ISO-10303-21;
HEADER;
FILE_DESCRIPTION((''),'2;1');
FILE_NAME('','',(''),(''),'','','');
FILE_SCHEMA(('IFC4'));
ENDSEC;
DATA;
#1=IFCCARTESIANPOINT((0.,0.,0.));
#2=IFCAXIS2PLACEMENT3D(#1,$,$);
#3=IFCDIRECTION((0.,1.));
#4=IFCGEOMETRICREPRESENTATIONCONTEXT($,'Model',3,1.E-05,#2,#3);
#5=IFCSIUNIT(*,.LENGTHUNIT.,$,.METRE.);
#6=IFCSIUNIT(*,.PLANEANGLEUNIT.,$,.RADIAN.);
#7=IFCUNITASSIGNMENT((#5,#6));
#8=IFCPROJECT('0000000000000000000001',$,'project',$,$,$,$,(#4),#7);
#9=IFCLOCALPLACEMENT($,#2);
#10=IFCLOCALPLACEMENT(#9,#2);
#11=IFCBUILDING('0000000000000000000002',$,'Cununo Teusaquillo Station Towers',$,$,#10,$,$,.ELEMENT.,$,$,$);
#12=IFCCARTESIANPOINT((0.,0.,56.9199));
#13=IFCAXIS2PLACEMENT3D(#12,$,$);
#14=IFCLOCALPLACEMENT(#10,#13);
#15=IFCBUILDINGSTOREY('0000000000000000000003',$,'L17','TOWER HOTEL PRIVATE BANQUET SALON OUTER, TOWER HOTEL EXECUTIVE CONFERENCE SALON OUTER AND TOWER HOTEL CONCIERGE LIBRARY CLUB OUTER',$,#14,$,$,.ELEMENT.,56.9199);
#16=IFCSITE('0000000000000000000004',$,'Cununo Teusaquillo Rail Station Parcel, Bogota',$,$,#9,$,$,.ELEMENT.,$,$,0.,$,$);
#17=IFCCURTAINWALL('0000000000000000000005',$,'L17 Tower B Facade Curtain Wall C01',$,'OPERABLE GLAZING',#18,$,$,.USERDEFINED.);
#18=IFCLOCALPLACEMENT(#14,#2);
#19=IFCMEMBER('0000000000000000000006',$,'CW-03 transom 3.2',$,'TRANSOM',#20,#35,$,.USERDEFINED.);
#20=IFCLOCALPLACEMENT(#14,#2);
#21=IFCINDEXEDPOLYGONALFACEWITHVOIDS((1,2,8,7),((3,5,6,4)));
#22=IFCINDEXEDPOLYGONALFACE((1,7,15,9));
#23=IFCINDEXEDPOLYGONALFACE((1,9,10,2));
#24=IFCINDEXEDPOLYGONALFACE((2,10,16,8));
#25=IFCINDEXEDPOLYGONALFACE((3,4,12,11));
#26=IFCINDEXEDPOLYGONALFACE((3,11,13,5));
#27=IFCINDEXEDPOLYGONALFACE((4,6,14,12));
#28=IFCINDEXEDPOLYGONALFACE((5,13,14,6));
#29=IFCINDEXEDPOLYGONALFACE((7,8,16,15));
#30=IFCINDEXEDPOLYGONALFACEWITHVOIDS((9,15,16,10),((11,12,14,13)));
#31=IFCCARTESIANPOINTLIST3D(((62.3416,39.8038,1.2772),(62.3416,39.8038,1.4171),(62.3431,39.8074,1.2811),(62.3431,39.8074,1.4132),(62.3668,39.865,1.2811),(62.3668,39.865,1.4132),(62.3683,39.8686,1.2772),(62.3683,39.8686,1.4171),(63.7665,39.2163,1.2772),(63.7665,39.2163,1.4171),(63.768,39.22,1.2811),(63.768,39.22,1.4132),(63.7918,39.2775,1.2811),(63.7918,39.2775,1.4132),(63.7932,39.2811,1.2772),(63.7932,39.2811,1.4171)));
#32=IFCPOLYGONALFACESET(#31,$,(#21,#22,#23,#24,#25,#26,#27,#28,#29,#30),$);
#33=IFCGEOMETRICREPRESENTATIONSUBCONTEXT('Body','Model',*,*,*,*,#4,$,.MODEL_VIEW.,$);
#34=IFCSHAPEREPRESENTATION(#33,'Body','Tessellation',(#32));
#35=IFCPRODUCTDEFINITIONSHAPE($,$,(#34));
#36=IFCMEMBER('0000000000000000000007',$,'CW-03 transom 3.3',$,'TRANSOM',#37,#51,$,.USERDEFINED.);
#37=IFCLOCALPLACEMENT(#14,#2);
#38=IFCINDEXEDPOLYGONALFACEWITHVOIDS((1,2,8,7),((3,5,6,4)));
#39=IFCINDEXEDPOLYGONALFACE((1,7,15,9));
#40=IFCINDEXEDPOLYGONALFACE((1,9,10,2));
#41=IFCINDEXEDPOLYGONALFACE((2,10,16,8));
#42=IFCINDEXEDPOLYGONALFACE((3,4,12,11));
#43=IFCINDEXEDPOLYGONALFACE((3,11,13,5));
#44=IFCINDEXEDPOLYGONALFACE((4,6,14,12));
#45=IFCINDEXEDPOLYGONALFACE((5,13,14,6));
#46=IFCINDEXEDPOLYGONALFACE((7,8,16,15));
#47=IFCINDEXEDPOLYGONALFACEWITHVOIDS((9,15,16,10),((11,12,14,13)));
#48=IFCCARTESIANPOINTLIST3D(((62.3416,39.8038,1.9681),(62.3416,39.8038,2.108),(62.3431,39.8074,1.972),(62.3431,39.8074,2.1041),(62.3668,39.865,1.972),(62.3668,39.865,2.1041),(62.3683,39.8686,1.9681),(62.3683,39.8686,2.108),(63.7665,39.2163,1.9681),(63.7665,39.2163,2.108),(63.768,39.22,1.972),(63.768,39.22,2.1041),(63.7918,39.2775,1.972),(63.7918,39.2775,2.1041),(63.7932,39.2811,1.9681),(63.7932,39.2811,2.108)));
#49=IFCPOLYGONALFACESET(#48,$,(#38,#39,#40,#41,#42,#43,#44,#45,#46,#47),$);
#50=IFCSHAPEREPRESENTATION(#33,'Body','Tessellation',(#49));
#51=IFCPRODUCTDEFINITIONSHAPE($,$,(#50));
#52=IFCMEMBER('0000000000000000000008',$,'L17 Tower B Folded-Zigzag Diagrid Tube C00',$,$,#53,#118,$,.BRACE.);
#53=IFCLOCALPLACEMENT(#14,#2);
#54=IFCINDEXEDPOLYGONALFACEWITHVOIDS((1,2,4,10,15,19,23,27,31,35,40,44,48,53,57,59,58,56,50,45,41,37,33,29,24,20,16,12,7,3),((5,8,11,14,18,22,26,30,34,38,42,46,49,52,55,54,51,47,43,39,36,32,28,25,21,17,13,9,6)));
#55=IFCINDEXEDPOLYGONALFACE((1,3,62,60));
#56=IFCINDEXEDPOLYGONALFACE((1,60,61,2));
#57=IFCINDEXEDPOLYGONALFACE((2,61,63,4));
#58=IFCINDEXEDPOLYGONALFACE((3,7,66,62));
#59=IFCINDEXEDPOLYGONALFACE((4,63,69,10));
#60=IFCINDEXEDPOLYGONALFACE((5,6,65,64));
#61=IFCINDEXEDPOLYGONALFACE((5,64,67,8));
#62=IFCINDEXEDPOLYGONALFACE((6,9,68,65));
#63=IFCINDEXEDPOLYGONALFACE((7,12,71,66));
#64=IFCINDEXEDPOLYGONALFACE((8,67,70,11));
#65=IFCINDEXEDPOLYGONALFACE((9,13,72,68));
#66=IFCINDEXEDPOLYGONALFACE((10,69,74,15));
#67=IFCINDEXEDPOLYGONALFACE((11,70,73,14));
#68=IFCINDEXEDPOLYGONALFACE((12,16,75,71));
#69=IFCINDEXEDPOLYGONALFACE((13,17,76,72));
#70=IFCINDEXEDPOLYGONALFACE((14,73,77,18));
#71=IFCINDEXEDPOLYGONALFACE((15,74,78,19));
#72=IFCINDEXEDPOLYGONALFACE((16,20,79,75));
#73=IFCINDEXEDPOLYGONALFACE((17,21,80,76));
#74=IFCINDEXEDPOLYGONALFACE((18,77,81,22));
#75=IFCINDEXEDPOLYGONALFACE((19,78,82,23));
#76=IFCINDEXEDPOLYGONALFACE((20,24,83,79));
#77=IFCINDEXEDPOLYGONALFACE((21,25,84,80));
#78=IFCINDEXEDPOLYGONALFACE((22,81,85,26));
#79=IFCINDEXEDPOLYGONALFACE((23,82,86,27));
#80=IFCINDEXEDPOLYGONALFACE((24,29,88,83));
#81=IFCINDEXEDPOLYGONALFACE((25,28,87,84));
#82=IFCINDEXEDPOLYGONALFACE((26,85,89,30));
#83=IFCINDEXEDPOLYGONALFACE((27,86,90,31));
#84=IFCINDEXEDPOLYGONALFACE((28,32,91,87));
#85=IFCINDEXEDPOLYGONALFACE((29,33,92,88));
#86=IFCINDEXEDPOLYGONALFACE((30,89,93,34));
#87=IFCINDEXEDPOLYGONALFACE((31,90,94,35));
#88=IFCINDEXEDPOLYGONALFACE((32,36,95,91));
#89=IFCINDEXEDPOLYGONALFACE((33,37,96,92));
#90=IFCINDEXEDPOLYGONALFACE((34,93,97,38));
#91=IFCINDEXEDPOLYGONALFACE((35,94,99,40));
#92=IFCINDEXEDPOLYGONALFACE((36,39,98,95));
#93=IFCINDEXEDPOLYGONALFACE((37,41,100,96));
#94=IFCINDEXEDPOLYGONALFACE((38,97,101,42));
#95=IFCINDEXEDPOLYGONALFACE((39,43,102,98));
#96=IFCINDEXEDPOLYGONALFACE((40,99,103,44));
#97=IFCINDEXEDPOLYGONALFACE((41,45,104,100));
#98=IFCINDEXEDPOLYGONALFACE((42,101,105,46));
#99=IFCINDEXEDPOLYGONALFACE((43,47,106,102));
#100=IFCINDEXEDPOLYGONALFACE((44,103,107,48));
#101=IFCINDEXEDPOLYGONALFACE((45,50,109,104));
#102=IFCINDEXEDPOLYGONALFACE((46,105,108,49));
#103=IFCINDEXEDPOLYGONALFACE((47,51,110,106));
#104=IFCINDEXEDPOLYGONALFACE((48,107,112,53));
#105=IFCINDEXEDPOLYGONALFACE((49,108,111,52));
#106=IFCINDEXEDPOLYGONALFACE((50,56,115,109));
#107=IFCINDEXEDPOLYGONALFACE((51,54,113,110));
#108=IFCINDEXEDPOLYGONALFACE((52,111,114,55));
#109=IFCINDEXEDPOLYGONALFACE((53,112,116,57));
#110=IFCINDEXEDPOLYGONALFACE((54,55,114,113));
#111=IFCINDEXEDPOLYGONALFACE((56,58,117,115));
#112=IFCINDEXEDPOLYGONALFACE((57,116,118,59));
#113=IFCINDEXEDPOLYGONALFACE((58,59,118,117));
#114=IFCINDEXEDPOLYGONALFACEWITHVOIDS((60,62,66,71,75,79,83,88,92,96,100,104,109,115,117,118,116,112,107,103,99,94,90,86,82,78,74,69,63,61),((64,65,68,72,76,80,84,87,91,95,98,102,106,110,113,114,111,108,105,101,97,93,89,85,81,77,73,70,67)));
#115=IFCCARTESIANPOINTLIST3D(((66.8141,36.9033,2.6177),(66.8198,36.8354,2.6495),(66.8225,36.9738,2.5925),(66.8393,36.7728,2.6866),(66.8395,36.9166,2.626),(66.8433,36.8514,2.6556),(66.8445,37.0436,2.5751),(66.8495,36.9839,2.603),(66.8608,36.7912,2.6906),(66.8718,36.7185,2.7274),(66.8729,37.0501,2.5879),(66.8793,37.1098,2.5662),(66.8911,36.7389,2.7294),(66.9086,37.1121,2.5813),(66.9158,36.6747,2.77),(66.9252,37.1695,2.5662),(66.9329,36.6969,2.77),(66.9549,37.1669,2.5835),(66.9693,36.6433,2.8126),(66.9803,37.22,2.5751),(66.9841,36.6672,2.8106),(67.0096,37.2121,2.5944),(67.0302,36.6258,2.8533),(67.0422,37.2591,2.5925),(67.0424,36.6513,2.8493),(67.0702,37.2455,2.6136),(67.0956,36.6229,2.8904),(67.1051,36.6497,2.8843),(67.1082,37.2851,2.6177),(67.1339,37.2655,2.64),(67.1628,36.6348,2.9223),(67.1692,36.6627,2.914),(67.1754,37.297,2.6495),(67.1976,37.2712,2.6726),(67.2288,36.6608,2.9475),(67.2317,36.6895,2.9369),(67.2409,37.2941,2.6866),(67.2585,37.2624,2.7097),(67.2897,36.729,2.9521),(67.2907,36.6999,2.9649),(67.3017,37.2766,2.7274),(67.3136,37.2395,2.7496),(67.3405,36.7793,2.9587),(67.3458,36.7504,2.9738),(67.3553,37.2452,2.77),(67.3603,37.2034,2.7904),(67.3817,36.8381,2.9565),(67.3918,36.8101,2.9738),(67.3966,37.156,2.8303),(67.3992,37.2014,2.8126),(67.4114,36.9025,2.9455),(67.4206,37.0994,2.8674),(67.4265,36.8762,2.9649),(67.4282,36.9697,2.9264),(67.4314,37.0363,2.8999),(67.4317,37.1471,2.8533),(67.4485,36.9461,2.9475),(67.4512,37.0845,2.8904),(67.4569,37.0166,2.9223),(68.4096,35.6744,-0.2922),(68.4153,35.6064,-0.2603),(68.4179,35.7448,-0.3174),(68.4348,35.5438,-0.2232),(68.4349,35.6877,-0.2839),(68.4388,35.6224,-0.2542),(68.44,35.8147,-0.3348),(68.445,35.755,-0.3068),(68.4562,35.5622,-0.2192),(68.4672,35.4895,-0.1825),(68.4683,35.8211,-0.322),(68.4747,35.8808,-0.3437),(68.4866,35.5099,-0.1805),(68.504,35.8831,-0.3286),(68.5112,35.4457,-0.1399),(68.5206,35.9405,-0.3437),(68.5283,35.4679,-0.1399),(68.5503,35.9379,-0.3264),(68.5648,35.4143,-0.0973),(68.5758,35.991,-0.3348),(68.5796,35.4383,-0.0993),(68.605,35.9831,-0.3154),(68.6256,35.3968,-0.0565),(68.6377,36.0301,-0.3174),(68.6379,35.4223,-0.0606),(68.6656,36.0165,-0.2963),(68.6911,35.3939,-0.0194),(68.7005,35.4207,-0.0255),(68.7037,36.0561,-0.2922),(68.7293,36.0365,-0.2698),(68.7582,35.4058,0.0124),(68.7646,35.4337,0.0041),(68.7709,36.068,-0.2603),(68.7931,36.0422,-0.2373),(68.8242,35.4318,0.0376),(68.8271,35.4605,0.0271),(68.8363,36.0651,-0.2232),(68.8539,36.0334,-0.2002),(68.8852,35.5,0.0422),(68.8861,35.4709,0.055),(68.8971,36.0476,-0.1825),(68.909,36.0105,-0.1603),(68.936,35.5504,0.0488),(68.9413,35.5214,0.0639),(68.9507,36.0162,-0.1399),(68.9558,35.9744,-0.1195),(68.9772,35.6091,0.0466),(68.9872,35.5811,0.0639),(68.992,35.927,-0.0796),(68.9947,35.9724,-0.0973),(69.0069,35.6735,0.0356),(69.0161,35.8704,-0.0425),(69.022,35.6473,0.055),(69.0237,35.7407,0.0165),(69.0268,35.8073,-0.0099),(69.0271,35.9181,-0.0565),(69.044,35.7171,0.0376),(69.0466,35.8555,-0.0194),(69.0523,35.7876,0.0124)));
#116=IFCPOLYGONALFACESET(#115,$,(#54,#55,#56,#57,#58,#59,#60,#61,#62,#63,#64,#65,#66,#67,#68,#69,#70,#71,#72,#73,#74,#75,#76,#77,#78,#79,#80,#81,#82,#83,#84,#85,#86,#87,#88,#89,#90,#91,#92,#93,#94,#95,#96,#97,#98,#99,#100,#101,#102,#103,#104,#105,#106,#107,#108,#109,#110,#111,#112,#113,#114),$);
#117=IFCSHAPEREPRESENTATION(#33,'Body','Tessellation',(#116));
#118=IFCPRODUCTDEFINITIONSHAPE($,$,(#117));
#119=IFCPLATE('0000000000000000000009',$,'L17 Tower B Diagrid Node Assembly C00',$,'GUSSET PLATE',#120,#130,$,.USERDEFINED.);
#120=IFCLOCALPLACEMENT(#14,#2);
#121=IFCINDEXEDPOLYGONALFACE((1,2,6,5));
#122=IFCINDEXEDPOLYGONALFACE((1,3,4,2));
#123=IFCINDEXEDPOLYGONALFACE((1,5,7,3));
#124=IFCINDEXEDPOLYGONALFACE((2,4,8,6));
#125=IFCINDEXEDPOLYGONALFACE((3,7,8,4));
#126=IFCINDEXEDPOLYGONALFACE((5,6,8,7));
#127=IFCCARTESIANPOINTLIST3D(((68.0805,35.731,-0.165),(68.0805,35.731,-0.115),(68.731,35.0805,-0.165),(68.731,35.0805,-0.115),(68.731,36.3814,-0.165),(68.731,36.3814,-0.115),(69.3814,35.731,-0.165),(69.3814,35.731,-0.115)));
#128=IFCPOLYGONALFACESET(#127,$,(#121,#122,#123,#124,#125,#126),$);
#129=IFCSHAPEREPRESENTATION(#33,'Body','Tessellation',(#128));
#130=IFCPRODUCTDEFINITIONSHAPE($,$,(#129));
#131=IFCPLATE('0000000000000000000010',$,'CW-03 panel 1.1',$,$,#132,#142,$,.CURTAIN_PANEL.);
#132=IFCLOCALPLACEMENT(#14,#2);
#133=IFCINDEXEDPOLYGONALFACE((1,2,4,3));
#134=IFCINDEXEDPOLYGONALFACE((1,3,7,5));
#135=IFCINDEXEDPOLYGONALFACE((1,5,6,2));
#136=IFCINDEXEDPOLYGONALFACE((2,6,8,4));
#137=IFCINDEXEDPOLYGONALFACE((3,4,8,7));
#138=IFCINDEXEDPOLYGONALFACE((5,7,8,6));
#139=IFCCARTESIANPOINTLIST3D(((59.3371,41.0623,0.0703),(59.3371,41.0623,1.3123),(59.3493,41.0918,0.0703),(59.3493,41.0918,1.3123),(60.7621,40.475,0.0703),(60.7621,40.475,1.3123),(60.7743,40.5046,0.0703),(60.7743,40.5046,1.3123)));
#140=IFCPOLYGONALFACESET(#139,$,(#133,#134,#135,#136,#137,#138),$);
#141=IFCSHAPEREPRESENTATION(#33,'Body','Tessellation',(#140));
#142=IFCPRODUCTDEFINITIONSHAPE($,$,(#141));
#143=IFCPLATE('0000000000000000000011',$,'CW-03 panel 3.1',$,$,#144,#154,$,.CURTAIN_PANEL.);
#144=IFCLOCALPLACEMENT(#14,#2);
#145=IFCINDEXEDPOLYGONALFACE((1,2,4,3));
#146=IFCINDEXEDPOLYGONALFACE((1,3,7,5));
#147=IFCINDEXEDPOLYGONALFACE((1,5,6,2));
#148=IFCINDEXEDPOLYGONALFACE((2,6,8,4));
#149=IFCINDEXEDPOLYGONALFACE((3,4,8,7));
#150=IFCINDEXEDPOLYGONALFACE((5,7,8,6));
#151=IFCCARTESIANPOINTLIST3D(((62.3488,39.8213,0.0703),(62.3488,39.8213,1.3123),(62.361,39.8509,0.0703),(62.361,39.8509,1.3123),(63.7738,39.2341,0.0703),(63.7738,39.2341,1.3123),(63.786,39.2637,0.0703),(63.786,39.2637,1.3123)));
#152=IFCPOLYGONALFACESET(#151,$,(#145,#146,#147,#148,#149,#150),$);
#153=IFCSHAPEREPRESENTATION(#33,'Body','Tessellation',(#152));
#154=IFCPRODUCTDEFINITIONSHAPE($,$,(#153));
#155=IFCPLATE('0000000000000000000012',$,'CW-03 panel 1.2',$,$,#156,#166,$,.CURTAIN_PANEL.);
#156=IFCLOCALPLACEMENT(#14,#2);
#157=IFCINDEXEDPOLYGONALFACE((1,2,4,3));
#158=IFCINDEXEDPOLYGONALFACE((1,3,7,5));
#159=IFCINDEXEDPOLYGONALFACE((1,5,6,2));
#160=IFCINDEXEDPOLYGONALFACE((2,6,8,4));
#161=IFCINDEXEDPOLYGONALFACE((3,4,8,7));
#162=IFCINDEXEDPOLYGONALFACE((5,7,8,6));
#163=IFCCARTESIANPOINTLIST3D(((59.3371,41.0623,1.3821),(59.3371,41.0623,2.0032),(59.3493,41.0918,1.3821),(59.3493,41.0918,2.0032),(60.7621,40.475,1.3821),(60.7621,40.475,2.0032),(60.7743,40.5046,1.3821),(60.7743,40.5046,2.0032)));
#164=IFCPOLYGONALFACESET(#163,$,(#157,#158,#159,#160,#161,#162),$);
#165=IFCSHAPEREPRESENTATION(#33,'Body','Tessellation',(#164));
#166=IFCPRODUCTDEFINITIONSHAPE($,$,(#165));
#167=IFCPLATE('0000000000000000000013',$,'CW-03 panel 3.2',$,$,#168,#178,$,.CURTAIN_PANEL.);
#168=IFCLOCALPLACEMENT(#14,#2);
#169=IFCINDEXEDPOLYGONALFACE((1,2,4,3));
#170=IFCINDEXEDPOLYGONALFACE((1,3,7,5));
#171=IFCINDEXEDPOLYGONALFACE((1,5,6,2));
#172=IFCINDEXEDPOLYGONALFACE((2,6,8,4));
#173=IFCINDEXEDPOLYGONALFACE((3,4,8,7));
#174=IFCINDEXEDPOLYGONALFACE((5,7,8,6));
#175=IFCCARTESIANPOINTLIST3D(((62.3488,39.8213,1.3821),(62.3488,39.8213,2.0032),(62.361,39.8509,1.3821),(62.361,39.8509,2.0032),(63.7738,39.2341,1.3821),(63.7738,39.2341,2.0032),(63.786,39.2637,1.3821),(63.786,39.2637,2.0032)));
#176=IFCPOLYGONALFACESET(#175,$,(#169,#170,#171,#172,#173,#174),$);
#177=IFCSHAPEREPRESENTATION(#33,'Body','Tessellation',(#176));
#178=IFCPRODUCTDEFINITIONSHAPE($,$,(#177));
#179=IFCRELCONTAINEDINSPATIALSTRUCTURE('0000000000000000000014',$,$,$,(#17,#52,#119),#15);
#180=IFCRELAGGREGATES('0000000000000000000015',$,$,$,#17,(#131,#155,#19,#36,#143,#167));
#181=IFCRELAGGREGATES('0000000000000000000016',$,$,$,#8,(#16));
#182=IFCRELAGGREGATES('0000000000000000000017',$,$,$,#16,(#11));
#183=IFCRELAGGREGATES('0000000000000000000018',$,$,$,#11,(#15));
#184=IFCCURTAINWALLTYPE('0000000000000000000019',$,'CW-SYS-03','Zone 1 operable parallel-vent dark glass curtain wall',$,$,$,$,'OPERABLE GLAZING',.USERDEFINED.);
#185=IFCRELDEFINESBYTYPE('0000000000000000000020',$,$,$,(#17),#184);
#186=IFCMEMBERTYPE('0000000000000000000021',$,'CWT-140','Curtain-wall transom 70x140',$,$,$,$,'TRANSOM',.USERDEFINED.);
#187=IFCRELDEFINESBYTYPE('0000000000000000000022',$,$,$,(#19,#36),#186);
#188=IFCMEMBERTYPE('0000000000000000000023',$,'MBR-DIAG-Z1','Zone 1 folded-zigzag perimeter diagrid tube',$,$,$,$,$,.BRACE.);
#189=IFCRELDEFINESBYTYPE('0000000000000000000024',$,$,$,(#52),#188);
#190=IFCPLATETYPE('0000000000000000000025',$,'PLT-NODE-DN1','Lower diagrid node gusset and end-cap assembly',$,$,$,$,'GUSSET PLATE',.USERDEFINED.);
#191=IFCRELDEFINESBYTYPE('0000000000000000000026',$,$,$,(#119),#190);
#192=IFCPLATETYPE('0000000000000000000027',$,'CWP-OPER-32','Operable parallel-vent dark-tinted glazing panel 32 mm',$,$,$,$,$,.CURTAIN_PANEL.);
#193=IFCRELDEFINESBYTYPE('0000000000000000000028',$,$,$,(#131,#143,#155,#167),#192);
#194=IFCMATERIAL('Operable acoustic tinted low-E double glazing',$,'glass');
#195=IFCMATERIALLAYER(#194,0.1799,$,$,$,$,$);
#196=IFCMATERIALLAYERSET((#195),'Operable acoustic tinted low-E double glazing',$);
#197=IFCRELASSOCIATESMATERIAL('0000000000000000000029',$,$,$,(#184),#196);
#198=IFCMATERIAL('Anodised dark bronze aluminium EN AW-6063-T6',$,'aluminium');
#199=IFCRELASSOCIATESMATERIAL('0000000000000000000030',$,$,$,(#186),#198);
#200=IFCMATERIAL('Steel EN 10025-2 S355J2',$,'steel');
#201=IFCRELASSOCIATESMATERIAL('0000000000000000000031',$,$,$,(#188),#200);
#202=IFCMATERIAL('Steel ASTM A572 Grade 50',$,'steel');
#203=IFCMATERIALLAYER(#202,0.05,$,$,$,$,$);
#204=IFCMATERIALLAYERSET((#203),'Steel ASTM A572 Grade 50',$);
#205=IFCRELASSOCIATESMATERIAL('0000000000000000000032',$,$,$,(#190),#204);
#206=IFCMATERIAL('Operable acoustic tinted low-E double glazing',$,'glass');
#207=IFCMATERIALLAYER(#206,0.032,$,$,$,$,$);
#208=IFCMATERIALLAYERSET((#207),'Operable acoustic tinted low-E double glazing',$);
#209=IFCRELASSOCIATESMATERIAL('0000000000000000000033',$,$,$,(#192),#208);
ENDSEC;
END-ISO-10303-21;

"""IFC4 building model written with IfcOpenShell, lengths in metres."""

from ifc_helpers import new_model, si_unit, direction, frame, origin, origin_2d, place, context, subcontext, project, spatial, rectangle, hollow_rectangle, hollow_circle, extrude, source, transform, mapped, material, layer, layer_set, material_profile, profile_set, type_object, element, aggregate, save


model = new_model("IFC4")

# Units and contexts
model_context = context("Model", 3, precision=1e-05, world=origin(), true_north=direction((0.0, 1.0)))
body_context = subcontext(model_context, "Body", "Model", "MODEL_VIEW")
ifc_project = project(units=[si_unit("LENGTHUNIT", "METRE"), si_unit("PLANEANGLEUNIT", "RADIAN")], contexts=[model_context])

# Site, building, storey
site_placement = place(None, origin())
site = spatial("IfcSite", under=ifc_project, at=site_placement, Name="Cununo Teusaquillo Rail Station Parcel, Bogota", CompositionType="ELEMENT", RefElevation=0.0)
building_placement = place(site_placement, origin())
building = spatial("IfcBuilding", under=site, at=building_placement, Name="Cununo Teusaquillo Station Towers", CompositionType="ELEMENT")
storey_placement = place(building_placement, frame((0.0, 0.0, 56.9199)))
storey = spatial("IfcBuildingStorey", under=building, at=storey_placement, Name="L17", Description="TOWER HOTEL PRIVATE BANQUET SALON OUTER, TOWER HOTEL EXECUTIVE CONFERENCE SALON OUTER AND TOWER HOTEL CONCIERGE LIBRARY CLUB OUTER", CompositionType="ELEMENT", Elevation=56.9199)

# Curtain wall, members
ifc_material_1 = material(Name="Operable acoustic tinted low-E double glazing", Category="glass")
ifc_layer_1 = layer(ifc_material_1, 0.1799)
ifc_layer_set_1 = layer_set([ifc_layer_1], Name="Operable acoustic tinted low-E double glazing")
curtain_wall_type = type_object("IfcCurtainWallType", Name="CW-SYS-03", Description="Zone 1 operable parallel-vent dark glass curtain wall", ElementType="OPERABLE GLAZING", PredefinedType="USERDEFINED", material=ifc_layer_set_1)
curtain_wall_placement = place(storey_placement, origin())
curtain_wall = element("IfcCurtainWall", 1, at=curtain_wall_placement, inside=storey, type_object=curtain_wall_type, Name="L17 Tower B Facade Curtain Wall C01", ObjectType="OPERABLE GLAZING", PredefinedType="USERDEFINED")
ifc_material_2 = material(Name="Anodised dark bronze aluminium EN AW-6063-T6", Category="aluminium")
ifc_material_profile_1 = material_profile(ifc_material_2, hollow_rectangle(XDim=0.0701, YDim=0.1399, WallThickness=0.0039, at=origin_2d()), Name="CW-TRAN-70x140")
ifc_profile_set_1 = profile_set([ifc_material_profile_1], Name="Anodised dark bronze aluminium EN AW-6063-T6")
member_type_1 = type_object("IfcMemberType", Name="CWT-140", Description="Curtain-wall transom 70x140", ElementType="TRANSOM", PredefinedType="USERDEFINED", material=ifc_profile_set_1)
member_1_placement = place(storey_placement, frame((62.355, 39.8362, 1.3472), z_axis=(0.924514, -0.381148, 0.0), x_axis=(0.381148, 0.924514, 0.0)))
member_1 = element("IfcMember", 2, at=member_1_placement, type_object=member_type_1, Name="CW-03 transom 3.2", ObjectType="TRANSOM", PredefinedType="USERDEFINED", context=body_context, shape_type="SweptSolid", body=[
    extrude(hollow_rectangle(XDim=0.0701, YDim=0.1399, WallThickness=0.0039, at=origin_2d()), origin(), (0.0, 0.0, 1.0), 1.5413),
])
member_2_placement = place(storey_placement, frame((62.355, 39.8362, 2.0381), z_axis=(0.924514, -0.381148, 0.0), x_axis=(0.381148, 0.924514, 0.0)))
member_2 = element("IfcMember", 3, at=member_2_placement, type_object=member_type_1, Name="CW-03 transom 3.3", ObjectType="TRANSOM", PredefinedType="USERDEFINED", context=body_context, shape_type="SweptSolid", body=[
    extrude(hollow_rectangle(XDim=0.0701, YDim=0.1399, WallThickness=0.0039, at=origin_2d()), origin(), (0.0, 0.0, 1.0), 1.5413),
])

# Member
ifc_material_3 = material(Name="Steel EN 10025-2 S355J2", Category="steel")
ifc_material_profile_2 = material_profile(ifc_material_3, hollow_circle(Radius=0.3601, WallThickness=0.0281, at=origin_2d()), Name="CHS 720x28")
ifc_profile_set_2 = profile_set([ifc_material_profile_2], Name="Steel EN 10025-2 S355J2")
member_type_2 = type_object("IfcMemberType", Name="MBR-DIAG-Z1", Description="Zone 1 folded-zigzag perimeter diagrid tube", PredefinedType="BRACE", material=ifc_profile_set_2)
member_3_placement = place(storey_placement, frame((68.731, 35.731, -0.1399), z_axis=(-0.45084, 0.347288, 0.822274), x_axis=(-0.61025, -0.792209, 0.0)))
element("IfcMember", 4, at=member_3_placement, inside=storey, type_object=member_type_2, Name="L17 Tower B Folded-Zigzag Diagrid Tube C00", PredefinedType="BRACE", context=body_context, shape_type="SweptSolid", body=[
    extrude(hollow_circle(Radius=0.3601, WallThickness=0.0281, at=origin_2d()), origin(), (0.0, 0.0, 1.0), 3.5388),
])

# Plates
ifc_material_4 = material(Name="Steel ASTM A572 Grade 50", Category="steel")
ifc_layer_2 = layer(ifc_material_4, 0.05)
ifc_layer_set_2 = layer_set([ifc_layer_2], Name="Steel ASTM A572 Grade 50")
plate_type_1 = type_object("IfcPlateType", Name="PLT-NODE-DN1", Description="Lower diagrid node gusset and end-cap assembly", ElementType="GUSSET PLATE", PredefinedType="USERDEFINED", material=ifc_layer_set_2)
shared_shape_1 = source(origin(), body_context, "Body", "SweptSolid", [
    extrude(rectangle(XDim=0.9199, YDim=0.9199, at=origin_2d()), origin(), (0.0, 0.0, 1.0), 0.05),
])
plate_1_placement = place(storey_placement, frame((68.731, 35.731, -0.165), z_axis=(0.0, 0.0, 1.0), x_axis=(0.707107, 0.707107, 0.0)))
element("IfcPlate", 5, at=plate_1_placement, inside=storey, type_object=plate_type_1, Name="L17 Tower B Diagrid Node Assembly C00", ObjectType="GUSSET PLATE", PredefinedType="USERDEFINED", context=body_context, shape_type="MappedRepresentation", body=[
    mapped(shared_shape_1, transform((0.0, 0.0, 0.0), x_axis=(1.0, 0.0, 0.0), y_axis=(0.0, 1.0, 0.0), z_axis=(0.0, 0.0, 1.0), scale=1.0)),
])
ifc_material_5 = material(Name="Operable acoustic tinted low-E double glazing", Category="glass")
ifc_layer_3 = layer(ifc_material_5, 0.032)
ifc_layer_set_3 = layer_set([ifc_layer_3], Name="Operable acoustic tinted low-E double glazing")
plate_type_2 = type_object("IfcPlateType", Name="CWP-OPER-32", Description="Operable parallel-vent dark-tinted glazing panel 32 mm", PredefinedType="CURTAIN_PANEL", material=ifc_layer_set_3)
shared_shape_2 = source(origin(), body_context, "Body", "SweptSolid", [
    extrude(rectangle(XDim=1.5413, YDim=0.032, at=origin_2d()), origin(), (0.0, 0.0, 1.0), 1.2419),
])
plate_2_placement = place(storey_placement, frame((60.0557, 40.7834, 0.0703), z_axis=(0.0, 0.0, 1.0), x_axis=(0.924572, -0.381006, 0.0)))
plate_2 = element("IfcPlate", 6, at=plate_2_placement, type_object=plate_type_2, Name="CW-03 panel 1.1", PredefinedType="CURTAIN_PANEL", context=body_context, shape_type="MappedRepresentation", body=[
    mapped(shared_shape_2, transform((0.0, 0.0, 0.0), x_axis=(1.0, 0.0, 0.0), y_axis=(0.0, 1.0, 0.0), z_axis=(0.0, 0.0, 1.0), scale=1.0)),
])
plate_3_placement = place(storey_placement, frame((63.0674, 39.5425, 0.0703), z_axis=(0.0, 0.0, 1.0), x_axis=(0.924572, -0.381006, 0.0)))
plate_3 = element("IfcPlate", 7, at=plate_3_placement, type_object=plate_type_2, Name="CW-03 panel 3.1", PredefinedType="CURTAIN_PANEL", context=body_context, shape_type="MappedRepresentation", body=[
    mapped(shared_shape_2, transform((0.0, 0.0, 0.0), x_axis=(1.0, 0.0, 0.0), y_axis=(0.0, 1.0, 0.0), z_axis=(0.0, 0.0, 1.0), scale=1.0)),
])
shared_shape_3 = source(origin(), body_context, "Body", "SweptSolid", [
    extrude(rectangle(XDim=1.5413, YDim=0.032, at=origin_2d()), origin(), (0.0, 0.0, 1.0), 0.6211),
])
plate_4_placement = place(storey_placement, frame((60.0557, 40.7834, 1.3821), z_axis=(0.0, 0.0, 1.0), x_axis=(0.924572, -0.381006, 0.0)))
plate_4 = element("IfcPlate", 8, at=plate_4_placement, type_object=plate_type_2, Name="CW-03 panel 1.2", PredefinedType="CURTAIN_PANEL", context=body_context, shape_type="MappedRepresentation", body=[
    mapped(shared_shape_3, transform((0.0, 0.0, 0.0), x_axis=(1.0, 0.0, 0.0), y_axis=(0.0, 1.0, 0.0), z_axis=(0.0, 0.0, 1.0), scale=1.0)),
])
plate_5_placement = place(storey_placement, frame((63.0674, 39.5425, 1.3821), z_axis=(0.0, 0.0, 1.0), x_axis=(0.924572, -0.381006, 0.0)))
plate_5 = element("IfcPlate", 9, at=plate_5_placement, type_object=plate_type_2, Name="CW-03 panel 3.2", PredefinedType="CURTAIN_PANEL", context=body_context, shape_type="MappedRepresentation", body=[
    mapped(shared_shape_3, transform((0.0, 0.0, 0.0), x_axis=(1.0, 0.0, 0.0), y_axis=(0.0, 1.0, 0.0), z_axis=(0.0, 0.0, 1.0), scale=1.0)),
])
aggregate(curtain_wall, [plate_2, plate_4, member_1, member_2, plate_3, plate_5])

save(model, "model.ifc")
